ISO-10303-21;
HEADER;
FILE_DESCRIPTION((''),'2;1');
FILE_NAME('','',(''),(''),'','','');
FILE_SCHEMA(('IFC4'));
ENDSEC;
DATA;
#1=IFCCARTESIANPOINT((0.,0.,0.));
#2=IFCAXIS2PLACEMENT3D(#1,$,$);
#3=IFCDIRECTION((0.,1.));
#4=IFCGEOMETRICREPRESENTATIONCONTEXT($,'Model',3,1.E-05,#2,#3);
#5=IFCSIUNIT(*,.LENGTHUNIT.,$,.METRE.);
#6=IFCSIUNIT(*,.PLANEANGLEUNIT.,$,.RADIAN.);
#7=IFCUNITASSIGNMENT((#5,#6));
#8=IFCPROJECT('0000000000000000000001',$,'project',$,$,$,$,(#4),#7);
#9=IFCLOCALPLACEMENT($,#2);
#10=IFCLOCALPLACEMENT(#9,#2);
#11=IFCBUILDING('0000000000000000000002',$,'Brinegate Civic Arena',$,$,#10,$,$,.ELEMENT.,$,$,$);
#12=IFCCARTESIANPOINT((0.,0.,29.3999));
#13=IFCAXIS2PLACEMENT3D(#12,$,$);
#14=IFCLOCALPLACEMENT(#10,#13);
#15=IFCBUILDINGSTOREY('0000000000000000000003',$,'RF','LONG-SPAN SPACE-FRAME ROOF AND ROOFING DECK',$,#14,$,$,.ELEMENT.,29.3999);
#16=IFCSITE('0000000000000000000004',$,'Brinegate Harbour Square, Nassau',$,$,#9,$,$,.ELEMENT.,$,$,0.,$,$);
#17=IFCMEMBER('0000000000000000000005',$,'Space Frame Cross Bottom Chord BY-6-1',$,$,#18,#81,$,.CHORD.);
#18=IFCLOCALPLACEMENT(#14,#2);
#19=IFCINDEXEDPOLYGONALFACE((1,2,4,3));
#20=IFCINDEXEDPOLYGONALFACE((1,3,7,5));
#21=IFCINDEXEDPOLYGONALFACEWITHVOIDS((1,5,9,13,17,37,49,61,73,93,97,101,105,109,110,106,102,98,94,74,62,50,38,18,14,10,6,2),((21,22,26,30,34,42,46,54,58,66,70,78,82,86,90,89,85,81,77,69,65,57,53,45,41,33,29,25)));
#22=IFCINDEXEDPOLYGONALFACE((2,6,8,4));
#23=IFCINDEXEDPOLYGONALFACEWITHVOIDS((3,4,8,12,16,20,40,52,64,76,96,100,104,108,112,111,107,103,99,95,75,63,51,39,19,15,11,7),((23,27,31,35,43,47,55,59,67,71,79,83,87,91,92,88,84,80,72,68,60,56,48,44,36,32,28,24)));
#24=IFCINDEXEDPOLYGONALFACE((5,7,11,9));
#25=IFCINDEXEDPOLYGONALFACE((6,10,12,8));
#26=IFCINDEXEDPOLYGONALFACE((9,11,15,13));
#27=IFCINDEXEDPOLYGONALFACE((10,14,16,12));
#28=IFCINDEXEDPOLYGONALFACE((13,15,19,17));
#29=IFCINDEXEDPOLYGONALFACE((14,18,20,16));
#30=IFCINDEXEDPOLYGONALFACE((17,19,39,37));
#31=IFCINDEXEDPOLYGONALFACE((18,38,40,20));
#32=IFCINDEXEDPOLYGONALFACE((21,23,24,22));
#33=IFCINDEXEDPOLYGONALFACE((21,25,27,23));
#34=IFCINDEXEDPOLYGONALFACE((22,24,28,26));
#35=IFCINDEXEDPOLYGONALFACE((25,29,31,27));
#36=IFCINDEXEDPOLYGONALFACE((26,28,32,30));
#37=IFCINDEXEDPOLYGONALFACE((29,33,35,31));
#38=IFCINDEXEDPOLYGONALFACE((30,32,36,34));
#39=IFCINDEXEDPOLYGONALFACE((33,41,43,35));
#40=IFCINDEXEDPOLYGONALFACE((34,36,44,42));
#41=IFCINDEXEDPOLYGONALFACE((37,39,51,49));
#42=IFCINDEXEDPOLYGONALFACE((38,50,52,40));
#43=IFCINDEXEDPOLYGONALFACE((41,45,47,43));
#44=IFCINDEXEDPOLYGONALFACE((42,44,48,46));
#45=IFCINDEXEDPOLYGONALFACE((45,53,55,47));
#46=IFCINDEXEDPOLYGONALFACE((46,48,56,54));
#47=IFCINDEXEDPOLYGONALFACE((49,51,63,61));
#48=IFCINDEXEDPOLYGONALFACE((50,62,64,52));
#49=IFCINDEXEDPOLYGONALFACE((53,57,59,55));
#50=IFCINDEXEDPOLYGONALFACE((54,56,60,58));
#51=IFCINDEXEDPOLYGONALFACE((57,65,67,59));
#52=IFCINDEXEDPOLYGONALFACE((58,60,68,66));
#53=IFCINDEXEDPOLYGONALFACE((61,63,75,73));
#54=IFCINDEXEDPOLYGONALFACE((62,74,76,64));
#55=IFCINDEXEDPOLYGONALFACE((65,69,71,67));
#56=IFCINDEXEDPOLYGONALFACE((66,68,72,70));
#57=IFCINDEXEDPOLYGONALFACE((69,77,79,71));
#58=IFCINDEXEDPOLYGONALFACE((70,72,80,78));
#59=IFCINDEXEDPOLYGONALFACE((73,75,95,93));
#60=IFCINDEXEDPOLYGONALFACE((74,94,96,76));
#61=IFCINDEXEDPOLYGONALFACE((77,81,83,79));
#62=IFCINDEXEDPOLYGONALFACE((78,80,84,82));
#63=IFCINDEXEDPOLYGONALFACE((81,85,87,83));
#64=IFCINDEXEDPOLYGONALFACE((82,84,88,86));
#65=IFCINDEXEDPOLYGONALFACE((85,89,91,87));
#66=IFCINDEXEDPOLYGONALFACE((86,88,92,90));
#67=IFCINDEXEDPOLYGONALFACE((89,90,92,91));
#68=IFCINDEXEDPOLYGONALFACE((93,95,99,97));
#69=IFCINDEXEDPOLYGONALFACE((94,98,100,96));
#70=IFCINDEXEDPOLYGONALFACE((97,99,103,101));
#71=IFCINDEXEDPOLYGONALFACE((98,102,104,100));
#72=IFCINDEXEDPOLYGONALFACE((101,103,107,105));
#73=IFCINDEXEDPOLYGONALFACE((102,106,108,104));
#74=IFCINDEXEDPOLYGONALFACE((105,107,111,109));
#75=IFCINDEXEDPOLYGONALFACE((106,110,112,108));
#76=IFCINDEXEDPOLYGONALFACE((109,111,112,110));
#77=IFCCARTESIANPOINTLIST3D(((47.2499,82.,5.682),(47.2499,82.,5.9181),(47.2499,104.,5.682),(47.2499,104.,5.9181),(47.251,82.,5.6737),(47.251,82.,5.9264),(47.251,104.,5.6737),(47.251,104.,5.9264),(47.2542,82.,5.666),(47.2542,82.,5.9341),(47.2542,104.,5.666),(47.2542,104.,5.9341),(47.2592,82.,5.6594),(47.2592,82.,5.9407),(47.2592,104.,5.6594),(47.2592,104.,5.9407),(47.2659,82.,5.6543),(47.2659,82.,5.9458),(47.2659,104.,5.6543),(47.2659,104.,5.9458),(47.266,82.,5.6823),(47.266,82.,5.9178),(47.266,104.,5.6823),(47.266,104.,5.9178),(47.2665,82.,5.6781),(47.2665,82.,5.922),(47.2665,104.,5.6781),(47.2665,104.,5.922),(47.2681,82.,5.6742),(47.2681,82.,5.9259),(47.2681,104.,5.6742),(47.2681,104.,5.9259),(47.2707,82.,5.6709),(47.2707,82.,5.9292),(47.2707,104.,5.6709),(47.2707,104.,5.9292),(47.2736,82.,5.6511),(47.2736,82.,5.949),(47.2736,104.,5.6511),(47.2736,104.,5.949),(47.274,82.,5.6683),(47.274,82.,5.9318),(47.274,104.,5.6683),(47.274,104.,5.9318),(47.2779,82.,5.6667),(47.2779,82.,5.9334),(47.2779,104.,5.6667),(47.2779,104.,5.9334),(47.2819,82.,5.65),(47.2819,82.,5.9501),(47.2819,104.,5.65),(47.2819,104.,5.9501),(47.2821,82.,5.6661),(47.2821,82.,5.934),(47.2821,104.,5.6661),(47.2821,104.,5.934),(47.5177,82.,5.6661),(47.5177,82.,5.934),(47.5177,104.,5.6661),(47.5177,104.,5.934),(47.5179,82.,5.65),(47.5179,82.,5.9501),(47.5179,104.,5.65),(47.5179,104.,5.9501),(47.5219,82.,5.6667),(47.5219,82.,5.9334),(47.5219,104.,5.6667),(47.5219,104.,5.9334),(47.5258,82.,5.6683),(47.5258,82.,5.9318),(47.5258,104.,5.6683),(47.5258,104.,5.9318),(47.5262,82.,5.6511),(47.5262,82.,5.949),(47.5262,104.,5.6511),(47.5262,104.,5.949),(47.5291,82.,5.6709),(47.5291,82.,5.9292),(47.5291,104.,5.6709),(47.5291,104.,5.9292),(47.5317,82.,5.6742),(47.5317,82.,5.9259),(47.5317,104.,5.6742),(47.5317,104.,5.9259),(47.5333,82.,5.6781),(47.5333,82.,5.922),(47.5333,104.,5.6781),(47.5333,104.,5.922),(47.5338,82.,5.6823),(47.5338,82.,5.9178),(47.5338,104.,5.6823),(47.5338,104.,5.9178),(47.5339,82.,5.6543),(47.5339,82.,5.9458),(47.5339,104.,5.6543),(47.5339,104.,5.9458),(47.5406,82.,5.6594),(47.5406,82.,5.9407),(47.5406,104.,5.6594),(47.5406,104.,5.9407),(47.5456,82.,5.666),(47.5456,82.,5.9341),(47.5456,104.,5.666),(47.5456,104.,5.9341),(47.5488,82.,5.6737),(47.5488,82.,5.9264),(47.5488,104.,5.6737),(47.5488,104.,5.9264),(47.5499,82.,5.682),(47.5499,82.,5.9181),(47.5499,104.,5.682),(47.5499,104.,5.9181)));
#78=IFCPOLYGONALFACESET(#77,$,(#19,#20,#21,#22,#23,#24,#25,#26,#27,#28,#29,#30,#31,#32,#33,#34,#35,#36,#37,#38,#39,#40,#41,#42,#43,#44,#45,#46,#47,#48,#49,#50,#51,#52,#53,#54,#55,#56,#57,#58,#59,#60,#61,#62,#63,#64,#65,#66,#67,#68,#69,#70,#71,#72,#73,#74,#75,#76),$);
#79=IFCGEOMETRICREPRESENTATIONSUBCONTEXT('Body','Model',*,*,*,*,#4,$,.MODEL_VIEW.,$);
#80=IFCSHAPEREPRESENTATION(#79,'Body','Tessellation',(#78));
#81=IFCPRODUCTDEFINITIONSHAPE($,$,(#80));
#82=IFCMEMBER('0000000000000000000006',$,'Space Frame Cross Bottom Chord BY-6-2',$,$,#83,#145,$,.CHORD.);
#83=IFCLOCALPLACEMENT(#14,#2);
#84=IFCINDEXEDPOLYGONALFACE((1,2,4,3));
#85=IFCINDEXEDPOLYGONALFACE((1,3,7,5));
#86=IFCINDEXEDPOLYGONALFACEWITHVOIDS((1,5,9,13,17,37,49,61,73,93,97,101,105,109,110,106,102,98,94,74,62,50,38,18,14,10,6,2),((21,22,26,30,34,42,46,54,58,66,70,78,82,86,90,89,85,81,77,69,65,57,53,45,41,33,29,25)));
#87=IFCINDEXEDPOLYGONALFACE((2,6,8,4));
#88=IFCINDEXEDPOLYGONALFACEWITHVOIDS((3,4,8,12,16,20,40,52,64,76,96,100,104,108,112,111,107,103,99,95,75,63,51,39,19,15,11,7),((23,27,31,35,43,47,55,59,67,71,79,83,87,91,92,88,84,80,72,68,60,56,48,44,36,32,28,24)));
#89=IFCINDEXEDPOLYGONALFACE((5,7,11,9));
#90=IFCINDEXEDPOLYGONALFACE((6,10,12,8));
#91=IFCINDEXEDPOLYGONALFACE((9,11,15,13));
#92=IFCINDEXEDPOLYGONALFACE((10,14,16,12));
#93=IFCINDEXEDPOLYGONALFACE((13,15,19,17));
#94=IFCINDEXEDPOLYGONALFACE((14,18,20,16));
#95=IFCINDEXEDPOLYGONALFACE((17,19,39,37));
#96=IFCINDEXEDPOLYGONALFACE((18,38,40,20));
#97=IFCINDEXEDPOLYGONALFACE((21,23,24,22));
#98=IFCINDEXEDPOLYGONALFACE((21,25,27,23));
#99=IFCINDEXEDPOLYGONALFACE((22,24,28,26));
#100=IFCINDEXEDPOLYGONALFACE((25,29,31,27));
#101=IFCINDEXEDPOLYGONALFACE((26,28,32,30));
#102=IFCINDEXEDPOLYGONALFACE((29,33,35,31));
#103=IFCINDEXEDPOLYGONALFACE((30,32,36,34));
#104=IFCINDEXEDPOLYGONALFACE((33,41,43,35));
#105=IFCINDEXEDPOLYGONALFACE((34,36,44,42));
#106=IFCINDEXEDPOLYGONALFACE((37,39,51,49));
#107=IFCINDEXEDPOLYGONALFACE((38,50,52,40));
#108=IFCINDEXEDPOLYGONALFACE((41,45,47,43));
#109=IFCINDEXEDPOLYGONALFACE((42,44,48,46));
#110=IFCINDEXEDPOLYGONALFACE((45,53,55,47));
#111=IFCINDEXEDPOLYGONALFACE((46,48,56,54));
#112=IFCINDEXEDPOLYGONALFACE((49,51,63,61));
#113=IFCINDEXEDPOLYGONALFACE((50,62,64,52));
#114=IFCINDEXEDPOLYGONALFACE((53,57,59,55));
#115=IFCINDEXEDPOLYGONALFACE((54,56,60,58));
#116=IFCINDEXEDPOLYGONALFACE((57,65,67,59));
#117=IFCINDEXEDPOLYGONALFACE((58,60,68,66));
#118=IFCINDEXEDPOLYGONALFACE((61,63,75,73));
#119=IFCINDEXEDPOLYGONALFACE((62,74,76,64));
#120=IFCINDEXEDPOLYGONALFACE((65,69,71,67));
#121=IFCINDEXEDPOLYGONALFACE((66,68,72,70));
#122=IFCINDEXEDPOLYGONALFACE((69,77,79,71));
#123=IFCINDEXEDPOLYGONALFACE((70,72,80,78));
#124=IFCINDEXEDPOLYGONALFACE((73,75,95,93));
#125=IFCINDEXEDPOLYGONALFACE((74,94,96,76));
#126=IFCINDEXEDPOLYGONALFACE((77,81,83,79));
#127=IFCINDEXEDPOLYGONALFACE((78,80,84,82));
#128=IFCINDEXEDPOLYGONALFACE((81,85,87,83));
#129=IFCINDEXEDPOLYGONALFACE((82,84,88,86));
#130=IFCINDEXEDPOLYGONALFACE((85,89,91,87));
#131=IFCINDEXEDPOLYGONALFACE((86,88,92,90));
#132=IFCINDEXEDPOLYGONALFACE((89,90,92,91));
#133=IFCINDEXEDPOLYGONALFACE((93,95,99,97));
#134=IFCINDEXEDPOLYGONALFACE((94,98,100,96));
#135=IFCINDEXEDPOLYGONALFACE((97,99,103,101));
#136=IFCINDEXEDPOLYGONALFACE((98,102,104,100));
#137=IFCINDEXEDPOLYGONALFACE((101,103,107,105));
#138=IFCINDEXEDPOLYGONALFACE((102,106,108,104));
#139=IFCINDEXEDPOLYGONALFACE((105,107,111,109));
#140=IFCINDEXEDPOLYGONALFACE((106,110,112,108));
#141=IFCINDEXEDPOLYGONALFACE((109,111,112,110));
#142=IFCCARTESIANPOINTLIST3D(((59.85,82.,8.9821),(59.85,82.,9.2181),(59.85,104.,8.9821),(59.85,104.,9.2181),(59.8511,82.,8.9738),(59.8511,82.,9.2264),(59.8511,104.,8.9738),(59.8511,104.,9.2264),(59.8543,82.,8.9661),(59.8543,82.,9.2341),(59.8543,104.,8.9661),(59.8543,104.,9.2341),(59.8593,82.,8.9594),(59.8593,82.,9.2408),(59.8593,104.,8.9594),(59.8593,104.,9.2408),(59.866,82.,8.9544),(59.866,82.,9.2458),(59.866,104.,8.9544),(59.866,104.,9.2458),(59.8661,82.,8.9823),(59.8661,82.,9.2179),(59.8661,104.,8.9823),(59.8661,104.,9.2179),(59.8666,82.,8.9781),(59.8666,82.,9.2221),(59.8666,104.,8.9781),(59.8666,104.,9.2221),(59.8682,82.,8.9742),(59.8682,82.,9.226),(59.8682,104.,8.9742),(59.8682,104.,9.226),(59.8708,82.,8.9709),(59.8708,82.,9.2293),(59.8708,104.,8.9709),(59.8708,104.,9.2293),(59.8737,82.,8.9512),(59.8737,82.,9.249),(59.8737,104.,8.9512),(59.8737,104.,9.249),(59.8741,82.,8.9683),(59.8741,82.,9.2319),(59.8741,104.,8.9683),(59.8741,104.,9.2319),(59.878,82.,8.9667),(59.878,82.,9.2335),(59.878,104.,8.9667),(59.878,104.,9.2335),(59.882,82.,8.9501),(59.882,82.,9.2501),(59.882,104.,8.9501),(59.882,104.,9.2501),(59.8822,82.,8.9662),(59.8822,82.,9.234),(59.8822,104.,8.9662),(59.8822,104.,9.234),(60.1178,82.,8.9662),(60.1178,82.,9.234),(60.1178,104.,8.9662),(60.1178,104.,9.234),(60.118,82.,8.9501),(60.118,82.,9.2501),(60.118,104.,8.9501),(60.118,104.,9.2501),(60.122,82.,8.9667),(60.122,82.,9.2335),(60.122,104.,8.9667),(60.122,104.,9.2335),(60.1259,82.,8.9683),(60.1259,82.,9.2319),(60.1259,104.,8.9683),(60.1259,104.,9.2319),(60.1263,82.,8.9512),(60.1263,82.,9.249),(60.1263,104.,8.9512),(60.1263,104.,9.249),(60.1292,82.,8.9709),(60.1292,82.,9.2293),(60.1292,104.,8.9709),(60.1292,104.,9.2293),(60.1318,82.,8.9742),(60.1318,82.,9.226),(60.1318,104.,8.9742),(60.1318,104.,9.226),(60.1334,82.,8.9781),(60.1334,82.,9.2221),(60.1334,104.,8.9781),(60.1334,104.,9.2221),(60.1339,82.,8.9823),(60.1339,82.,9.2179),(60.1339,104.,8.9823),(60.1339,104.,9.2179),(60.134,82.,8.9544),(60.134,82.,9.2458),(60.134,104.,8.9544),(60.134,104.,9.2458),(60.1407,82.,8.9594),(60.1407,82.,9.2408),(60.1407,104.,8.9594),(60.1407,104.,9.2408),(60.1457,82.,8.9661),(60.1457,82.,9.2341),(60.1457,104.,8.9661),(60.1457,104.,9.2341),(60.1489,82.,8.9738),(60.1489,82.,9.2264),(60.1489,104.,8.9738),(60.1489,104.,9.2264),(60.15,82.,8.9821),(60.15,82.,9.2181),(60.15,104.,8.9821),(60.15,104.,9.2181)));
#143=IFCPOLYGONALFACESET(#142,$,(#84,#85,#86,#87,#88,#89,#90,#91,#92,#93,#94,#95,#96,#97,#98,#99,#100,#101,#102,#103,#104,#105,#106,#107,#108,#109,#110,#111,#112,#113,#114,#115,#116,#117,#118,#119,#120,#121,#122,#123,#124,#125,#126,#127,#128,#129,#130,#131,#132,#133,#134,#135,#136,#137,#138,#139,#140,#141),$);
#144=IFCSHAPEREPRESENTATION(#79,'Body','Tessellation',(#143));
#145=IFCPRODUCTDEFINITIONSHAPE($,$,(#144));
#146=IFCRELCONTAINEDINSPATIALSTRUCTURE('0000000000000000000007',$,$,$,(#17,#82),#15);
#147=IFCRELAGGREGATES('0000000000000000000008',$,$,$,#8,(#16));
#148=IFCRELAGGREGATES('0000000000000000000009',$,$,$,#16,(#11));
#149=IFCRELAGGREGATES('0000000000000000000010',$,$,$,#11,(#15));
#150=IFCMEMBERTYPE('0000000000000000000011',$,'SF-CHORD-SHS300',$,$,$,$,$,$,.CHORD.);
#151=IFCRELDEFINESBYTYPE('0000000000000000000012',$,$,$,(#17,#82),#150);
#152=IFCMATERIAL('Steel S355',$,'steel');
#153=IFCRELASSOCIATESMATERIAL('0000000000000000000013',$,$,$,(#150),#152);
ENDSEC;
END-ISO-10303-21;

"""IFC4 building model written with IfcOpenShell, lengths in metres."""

from ifc_helpers import new_model, si_unit, direction, frame, origin, origin_2d, place, context, subcontext, project, spatial, hollow_rectangle, extrude, material, material_profile, profile_set, type_object, element, save


model = new_model("IFC4")

# Units and contexts
model_context = context("Model", 3, precision=1e-05, world=origin(), true_north=direction((0.0, 1.0)))
body_context = subcontext(model_context, "Body", "Model", "MODEL_VIEW")
ifc_project = project(units=[si_unit("LENGTHUNIT", "METRE"), si_unit("PLANEANGLEUNIT", "RADIAN")], contexts=[model_context])

# Site, building, storey
site_placement = place(None, origin())
site = spatial("IfcSite", under=ifc_project, at=site_placement, Name="Brinegate Harbour Square, Nassau", CompositionType="ELEMENT", RefElevation=0.0)
building_placement = place(site_placement, origin())
building = spatial("IfcBuilding", under=site, at=building_placement, Name="Brinegate Civic Arena", CompositionType="ELEMENT")
storey_placement = place(building_placement, frame((0.0, 0.0, 29.3999)))
storey = spatial("IfcBuildingStorey", under=building, at=storey_placement, Name="RF", Description="LONG-SPAN SPACE-FRAME ROOF AND ROOFING DECK", CompositionType="ELEMENT", Elevation=29.3999)

# Shared definitions
ifc_material_1 = material(Name="Steel S355", Category="steel")

# Members
ifc_material_profile_1 = material_profile(ifc_material_1, hollow_rectangle(XDim=0.3, YDim=0.3, WallThickness=0.0161, InnerFilletRadius=0.0161, OuterFilletRadius=0.032, at=origin_2d()), Name="SHS300X16")
ifc_profile_set_1 = profile_set([ifc_material_profile_1], Name="Steel S355")
member_type_1 = type_object("IfcMemberType", Name="SF-CHORD-SHS300", PredefinedType="CHORD", material=ifc_profile_set_1)
for number, where, z_axis, x_axis, name in (
    (1, (47.3999, 82.0, 5.8), (0.0, 1.0, 0.0), (-1.0, 0.0, 0.0), "Space Frame Cross Bottom Chord BY-6-1"),
    (2, (60.0, 82.0, 9.1001), (0.0, 1.0, 0.0), (-1.0, 0.0, 0.0), "Space Frame Cross Bottom Chord BY-6-2"),
):
    element("IfcMember", number, at=place(storey_placement, frame(where, z_axis=z_axis, x_axis=x_axis)), inside=storey, type_object=member_type_1, Name=name, PredefinedType="CHORD", context=body_context, shape_type="SweptSolid", body=[
        extrude(hollow_rectangle(XDim=0.3, YDim=0.3, WallThickness=0.0161, InnerFilletRadius=0.0161, OuterFilletRadius=0.032, at=origin_2d()), origin(), (0.0, 0.0, 1.0), 22.0),
    ])

save(model, "model.ifc")
